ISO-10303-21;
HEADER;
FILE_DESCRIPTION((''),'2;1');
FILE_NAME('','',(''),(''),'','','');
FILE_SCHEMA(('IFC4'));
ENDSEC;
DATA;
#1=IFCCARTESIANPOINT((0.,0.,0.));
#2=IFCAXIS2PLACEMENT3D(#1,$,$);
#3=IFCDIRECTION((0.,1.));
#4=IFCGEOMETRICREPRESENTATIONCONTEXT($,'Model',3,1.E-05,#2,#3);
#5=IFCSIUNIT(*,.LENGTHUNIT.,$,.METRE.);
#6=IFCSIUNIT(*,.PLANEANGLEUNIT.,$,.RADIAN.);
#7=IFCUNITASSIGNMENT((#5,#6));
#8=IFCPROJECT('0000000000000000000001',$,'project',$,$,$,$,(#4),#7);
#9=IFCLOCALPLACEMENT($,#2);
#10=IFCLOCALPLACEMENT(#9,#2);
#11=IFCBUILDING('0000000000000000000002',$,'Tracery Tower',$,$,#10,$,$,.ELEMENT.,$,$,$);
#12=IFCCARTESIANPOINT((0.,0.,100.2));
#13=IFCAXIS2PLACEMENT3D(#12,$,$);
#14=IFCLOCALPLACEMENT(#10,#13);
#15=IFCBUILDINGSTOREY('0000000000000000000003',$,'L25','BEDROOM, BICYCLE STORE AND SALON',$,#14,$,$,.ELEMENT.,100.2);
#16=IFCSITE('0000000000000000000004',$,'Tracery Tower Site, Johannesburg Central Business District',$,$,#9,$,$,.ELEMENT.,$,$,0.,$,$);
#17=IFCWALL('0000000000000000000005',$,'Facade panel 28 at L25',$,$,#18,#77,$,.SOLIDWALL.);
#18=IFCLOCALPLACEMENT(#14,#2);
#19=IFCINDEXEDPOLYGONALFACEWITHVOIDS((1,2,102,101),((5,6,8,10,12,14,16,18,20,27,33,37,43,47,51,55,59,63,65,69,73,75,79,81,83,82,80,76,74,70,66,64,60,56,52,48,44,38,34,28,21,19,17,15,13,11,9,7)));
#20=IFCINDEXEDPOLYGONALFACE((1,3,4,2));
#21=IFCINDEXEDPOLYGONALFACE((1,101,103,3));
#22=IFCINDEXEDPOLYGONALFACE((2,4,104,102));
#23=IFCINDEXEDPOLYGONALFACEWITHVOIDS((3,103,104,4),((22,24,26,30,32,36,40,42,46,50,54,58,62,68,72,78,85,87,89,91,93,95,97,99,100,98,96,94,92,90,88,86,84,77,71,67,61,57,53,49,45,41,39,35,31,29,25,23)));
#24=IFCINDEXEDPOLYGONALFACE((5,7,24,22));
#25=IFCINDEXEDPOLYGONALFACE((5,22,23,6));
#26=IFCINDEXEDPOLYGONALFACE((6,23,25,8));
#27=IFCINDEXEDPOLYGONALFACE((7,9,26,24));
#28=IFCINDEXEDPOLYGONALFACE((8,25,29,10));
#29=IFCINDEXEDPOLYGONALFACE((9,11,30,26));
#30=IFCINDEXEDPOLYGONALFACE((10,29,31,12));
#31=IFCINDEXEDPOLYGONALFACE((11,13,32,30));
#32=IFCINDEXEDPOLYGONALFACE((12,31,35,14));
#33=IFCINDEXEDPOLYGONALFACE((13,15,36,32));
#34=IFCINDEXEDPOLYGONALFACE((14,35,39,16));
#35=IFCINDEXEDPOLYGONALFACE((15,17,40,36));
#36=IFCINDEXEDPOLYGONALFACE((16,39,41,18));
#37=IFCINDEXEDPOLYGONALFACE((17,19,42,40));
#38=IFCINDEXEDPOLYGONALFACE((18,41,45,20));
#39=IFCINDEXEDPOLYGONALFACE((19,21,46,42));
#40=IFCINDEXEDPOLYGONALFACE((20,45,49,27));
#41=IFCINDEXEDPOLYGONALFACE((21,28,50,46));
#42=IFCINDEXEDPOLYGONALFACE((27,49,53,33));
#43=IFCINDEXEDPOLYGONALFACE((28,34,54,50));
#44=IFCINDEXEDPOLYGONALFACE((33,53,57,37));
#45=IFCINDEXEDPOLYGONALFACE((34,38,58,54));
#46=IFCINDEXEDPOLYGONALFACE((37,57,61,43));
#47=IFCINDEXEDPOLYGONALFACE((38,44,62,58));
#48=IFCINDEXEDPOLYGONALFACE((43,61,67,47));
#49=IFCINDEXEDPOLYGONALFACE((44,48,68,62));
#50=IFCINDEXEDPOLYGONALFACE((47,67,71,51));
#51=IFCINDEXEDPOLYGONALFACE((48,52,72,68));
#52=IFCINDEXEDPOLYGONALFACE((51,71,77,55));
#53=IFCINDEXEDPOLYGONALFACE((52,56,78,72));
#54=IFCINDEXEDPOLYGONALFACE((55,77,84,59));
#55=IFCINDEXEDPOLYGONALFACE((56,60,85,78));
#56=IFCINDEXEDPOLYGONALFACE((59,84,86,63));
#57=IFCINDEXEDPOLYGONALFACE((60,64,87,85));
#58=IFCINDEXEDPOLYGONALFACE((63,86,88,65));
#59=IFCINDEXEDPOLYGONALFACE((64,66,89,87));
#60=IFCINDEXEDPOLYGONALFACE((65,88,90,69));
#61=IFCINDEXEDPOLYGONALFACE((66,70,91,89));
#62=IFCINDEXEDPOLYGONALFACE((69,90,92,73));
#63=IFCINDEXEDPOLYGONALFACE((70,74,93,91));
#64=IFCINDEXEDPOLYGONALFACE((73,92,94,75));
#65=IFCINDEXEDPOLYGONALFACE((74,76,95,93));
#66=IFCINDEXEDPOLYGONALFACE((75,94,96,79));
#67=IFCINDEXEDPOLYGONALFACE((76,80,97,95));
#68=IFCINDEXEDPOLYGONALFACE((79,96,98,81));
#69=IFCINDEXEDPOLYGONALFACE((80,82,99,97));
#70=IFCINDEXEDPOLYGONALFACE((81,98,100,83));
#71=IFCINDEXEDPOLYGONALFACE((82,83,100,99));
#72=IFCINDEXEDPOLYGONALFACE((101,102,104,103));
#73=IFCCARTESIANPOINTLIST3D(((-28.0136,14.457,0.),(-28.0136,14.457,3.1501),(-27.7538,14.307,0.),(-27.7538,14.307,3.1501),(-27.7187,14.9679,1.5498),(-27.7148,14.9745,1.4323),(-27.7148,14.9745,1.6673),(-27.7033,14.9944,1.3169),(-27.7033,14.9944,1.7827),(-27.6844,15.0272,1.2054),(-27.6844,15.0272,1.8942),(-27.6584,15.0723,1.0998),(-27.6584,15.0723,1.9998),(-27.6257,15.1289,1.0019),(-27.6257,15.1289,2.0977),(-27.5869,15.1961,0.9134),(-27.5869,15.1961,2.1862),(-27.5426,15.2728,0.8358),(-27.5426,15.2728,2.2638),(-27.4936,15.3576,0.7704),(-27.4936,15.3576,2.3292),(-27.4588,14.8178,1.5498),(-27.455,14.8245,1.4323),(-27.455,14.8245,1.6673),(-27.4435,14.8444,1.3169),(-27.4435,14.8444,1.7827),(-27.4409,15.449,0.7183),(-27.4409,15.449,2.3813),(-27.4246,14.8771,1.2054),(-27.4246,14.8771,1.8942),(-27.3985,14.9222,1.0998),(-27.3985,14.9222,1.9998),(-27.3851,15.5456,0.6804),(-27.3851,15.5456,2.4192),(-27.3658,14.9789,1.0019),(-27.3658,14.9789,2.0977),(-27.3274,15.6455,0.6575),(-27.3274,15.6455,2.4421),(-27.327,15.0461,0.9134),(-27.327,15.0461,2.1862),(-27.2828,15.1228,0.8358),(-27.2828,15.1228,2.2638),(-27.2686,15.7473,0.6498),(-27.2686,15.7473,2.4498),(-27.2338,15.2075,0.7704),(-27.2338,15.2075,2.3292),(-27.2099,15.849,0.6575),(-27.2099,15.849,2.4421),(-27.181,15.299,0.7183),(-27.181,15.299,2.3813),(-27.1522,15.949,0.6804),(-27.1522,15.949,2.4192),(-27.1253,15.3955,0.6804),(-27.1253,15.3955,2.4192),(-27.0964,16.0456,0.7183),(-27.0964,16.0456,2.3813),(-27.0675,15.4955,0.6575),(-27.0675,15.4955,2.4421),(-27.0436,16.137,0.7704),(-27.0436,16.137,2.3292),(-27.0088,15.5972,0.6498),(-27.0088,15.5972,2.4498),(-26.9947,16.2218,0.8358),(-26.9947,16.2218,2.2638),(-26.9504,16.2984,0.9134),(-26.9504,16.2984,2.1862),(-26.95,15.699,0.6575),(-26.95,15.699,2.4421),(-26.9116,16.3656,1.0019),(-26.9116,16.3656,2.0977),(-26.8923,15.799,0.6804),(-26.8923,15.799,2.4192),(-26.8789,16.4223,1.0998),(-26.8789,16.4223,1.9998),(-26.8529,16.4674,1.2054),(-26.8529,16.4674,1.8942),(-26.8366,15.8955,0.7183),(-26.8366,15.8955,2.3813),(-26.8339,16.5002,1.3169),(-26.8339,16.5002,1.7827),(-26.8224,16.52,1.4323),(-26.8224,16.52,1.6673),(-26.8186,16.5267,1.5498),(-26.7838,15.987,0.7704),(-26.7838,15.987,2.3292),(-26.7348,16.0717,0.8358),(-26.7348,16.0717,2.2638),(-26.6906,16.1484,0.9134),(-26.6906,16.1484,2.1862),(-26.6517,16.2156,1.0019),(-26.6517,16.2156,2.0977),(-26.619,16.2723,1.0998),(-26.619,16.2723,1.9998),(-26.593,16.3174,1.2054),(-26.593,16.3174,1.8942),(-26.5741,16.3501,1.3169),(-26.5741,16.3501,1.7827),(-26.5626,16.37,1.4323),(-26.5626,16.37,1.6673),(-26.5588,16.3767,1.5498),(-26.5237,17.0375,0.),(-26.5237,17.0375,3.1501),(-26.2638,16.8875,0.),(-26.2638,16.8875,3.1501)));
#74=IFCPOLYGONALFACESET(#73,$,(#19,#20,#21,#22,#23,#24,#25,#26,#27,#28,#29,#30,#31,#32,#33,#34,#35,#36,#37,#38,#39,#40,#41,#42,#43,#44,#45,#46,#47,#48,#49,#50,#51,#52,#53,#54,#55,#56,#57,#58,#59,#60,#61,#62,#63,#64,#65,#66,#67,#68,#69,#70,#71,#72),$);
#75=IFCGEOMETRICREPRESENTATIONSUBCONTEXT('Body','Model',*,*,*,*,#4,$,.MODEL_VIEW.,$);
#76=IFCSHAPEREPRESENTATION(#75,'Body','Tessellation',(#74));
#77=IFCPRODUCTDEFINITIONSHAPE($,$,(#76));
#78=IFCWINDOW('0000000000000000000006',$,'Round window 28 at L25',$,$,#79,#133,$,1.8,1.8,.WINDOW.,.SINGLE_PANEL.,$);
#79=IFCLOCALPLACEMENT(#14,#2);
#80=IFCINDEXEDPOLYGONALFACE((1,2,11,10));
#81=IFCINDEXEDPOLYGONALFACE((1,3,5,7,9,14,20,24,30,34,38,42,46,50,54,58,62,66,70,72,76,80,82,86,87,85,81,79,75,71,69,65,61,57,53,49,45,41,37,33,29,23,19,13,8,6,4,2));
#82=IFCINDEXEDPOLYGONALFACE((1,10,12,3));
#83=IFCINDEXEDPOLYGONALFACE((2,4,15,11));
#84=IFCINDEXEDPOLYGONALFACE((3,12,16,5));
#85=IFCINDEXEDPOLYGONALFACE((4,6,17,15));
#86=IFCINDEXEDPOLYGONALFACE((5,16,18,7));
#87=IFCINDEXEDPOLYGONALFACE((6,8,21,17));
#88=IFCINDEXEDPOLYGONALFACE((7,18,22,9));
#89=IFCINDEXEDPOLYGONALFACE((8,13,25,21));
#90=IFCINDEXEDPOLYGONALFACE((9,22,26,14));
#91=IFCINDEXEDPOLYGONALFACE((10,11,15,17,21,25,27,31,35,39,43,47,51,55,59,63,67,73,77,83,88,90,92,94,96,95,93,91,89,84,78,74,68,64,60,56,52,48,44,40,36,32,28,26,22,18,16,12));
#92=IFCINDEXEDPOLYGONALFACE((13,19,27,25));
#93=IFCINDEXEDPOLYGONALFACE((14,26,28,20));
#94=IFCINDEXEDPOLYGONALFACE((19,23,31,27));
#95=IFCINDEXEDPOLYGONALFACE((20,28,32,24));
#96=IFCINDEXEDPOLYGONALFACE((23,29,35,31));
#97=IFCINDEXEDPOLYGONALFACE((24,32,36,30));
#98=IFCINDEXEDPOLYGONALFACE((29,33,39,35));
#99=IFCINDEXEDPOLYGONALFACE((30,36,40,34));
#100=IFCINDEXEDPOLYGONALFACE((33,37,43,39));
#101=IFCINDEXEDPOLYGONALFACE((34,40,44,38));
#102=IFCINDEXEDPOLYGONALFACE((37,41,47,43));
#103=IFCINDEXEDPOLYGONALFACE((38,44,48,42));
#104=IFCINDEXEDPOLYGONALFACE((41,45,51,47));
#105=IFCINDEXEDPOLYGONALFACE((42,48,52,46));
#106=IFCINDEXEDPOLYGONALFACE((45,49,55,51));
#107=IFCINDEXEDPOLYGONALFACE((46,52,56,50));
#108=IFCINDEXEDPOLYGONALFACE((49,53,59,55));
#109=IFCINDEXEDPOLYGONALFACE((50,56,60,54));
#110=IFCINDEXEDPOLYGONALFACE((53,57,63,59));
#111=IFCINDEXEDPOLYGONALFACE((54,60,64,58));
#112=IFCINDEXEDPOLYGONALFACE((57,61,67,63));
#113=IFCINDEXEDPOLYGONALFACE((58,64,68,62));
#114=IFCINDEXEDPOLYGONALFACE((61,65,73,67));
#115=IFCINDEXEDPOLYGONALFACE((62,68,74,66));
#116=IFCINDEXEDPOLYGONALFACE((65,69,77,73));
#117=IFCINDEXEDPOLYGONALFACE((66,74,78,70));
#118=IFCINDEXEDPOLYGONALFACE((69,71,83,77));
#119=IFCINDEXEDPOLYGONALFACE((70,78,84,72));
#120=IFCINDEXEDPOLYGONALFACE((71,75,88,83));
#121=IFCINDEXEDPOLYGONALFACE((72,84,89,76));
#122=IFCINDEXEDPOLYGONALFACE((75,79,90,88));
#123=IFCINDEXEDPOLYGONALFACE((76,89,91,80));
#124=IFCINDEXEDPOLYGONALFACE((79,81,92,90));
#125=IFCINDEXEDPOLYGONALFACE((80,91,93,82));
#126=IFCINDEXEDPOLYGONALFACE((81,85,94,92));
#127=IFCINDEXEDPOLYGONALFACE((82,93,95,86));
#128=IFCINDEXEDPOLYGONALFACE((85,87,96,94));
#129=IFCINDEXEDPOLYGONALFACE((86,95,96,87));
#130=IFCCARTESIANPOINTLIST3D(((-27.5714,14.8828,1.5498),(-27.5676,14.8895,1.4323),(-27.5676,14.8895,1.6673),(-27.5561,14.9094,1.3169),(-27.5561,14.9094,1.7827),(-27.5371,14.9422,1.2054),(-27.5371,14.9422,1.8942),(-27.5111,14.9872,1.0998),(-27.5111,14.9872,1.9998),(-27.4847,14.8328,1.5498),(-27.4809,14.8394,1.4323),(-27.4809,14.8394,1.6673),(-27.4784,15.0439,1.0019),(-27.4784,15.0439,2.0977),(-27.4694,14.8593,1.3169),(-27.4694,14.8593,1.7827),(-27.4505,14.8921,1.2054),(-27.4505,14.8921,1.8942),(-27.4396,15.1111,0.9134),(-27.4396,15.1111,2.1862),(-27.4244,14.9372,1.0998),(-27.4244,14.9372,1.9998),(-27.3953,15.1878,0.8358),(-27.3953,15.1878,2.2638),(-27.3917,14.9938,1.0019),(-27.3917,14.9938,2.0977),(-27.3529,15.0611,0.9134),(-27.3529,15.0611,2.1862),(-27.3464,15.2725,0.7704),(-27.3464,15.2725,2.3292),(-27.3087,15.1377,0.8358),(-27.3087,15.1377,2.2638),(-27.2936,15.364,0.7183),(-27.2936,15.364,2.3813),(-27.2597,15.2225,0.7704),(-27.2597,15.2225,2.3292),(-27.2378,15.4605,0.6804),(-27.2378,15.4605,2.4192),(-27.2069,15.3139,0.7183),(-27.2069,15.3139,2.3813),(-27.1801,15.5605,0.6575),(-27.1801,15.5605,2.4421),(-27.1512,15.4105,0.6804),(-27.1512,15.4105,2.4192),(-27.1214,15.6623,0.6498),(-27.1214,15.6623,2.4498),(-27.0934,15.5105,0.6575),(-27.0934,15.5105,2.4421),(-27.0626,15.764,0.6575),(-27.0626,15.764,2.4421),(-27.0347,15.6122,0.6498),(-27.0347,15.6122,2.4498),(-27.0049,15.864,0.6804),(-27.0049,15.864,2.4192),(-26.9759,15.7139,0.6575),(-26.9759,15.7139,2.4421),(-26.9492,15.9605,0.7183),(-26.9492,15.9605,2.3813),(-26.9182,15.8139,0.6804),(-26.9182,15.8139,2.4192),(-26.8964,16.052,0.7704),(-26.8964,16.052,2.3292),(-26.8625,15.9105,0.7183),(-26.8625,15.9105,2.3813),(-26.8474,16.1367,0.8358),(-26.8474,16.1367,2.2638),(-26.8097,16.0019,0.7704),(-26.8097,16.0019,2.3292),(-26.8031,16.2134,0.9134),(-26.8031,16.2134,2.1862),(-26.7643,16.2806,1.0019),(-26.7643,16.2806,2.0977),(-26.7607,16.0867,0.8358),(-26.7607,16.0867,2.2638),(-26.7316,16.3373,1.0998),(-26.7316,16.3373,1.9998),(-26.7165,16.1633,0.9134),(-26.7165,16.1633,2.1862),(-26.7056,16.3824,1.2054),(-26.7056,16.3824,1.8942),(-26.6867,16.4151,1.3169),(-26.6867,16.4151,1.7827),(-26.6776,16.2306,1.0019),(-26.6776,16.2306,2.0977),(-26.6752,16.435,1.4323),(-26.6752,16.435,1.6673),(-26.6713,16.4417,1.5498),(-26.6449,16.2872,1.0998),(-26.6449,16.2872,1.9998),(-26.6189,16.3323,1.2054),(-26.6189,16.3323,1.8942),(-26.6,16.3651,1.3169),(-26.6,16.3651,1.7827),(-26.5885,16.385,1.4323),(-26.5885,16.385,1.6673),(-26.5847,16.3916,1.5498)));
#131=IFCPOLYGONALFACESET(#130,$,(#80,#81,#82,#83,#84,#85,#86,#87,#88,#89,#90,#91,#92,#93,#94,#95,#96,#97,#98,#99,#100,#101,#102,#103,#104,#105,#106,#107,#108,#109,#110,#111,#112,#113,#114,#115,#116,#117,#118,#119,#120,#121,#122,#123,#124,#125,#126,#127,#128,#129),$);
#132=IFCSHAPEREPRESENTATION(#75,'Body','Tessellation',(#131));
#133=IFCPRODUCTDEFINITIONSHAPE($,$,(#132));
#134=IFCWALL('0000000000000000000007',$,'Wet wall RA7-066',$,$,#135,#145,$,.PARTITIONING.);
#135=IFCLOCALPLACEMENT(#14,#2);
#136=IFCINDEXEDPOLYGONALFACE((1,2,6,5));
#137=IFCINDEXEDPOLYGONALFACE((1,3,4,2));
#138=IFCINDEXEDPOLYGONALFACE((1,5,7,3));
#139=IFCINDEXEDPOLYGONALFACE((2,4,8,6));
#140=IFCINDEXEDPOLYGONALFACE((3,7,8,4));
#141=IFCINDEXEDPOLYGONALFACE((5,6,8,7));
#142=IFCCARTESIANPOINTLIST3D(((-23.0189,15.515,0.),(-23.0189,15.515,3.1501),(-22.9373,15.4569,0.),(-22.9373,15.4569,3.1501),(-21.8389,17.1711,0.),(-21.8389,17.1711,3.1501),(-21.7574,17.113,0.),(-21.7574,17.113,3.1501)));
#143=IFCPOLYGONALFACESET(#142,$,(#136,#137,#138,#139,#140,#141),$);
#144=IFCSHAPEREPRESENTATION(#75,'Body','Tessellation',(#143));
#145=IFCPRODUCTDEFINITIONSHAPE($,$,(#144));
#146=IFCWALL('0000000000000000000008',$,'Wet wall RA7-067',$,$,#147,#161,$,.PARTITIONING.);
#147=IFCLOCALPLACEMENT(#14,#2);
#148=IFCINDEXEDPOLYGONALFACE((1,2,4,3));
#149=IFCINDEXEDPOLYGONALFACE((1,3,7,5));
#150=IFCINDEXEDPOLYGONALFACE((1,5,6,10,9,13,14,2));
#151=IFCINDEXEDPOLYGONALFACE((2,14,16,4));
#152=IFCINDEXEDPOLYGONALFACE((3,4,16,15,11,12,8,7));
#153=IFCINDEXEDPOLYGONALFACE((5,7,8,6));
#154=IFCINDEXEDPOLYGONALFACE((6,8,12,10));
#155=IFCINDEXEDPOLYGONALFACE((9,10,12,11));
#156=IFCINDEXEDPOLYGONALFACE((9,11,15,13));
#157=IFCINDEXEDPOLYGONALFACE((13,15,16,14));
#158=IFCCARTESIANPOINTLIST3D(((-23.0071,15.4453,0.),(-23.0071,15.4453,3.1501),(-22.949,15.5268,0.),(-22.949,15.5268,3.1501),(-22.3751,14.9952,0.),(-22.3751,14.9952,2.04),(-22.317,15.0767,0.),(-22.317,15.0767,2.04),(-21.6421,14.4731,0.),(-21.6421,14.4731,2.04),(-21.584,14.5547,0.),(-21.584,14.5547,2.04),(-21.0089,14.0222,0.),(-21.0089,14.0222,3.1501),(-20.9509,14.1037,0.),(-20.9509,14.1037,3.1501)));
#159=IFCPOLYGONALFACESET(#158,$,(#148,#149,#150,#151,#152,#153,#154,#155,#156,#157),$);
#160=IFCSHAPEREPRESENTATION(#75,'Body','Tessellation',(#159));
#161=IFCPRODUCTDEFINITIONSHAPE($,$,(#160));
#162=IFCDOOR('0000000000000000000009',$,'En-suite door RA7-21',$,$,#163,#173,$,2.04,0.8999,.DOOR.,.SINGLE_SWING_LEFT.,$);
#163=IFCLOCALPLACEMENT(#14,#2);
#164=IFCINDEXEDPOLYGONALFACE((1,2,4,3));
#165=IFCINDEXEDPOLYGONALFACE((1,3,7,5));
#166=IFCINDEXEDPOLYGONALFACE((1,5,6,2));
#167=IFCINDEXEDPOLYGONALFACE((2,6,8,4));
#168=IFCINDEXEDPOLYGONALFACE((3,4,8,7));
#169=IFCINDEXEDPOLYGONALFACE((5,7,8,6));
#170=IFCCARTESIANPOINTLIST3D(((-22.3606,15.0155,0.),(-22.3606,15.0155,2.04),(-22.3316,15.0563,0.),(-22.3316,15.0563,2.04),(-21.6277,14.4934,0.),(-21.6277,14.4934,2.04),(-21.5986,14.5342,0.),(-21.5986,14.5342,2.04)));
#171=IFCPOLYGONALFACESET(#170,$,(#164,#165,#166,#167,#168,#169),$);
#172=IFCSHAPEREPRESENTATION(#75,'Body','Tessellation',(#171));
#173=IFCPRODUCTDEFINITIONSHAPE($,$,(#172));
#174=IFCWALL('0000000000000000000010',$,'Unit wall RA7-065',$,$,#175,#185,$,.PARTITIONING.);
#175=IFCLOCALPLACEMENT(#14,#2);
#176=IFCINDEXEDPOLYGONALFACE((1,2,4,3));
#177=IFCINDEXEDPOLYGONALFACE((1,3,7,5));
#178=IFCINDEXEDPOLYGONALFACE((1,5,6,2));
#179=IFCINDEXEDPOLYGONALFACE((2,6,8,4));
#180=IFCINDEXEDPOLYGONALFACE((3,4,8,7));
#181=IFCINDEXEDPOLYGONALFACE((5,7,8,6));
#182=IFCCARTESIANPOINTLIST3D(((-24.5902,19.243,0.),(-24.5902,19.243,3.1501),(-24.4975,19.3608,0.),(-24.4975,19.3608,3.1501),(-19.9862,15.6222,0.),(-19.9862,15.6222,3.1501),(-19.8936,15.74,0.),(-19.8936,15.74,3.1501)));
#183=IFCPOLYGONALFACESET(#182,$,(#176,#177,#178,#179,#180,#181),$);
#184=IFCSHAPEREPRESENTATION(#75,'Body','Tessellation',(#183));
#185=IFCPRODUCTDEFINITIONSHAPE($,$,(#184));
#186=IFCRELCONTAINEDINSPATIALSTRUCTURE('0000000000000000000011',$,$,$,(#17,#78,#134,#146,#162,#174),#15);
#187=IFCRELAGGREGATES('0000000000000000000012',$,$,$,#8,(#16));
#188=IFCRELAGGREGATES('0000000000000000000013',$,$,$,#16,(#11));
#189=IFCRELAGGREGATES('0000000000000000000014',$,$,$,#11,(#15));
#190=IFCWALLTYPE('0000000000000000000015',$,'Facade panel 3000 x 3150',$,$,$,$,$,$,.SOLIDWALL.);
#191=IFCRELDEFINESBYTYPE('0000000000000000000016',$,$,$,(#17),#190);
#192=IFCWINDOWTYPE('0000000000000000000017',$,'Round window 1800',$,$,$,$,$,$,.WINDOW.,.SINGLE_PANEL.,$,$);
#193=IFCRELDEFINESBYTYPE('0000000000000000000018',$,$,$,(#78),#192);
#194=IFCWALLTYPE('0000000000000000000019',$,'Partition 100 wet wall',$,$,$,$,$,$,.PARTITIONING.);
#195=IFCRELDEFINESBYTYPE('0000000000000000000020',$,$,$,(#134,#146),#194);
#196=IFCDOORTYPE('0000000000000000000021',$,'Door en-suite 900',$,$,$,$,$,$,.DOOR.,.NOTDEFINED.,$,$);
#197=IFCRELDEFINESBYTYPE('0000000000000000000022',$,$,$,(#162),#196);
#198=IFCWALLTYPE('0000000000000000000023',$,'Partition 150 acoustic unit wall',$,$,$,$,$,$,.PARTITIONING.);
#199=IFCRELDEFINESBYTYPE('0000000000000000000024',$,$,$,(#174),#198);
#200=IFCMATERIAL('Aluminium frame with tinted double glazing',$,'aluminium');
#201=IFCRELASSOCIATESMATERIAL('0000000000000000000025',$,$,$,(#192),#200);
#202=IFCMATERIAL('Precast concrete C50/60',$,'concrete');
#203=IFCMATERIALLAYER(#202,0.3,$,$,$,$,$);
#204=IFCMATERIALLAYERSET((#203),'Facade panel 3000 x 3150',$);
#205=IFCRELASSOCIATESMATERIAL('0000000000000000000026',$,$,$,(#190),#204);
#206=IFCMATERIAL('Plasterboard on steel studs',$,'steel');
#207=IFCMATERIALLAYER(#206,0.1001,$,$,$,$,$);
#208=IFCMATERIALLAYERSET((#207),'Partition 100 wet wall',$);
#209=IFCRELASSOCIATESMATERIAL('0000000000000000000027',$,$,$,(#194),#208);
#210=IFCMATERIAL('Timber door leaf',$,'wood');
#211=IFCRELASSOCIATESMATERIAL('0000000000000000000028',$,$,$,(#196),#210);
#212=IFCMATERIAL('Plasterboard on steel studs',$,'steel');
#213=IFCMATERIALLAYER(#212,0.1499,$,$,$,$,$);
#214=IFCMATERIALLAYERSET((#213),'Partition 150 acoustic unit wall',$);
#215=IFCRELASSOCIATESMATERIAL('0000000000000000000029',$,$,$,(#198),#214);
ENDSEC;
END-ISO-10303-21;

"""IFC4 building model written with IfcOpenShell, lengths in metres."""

from ifc_helpers import new_model, si_unit, direction, frame, frame_2d, origin, origin_2d, place, context, subcontext, project, spatial, rectangle, circle, extrude, material, layer, layer_set, type_object, element, fill, save


model = new_model("IFC4")

# Units and contexts
model_context = context("Model", 3, precision=1e-05, world=origin(), true_north=direction((0.0, 1.0)))
body_context = subcontext(model_context, "Body", "Model", "MODEL_VIEW")
ifc_project = project(units=[si_unit("LENGTHUNIT", "METRE"), si_unit("PLANEANGLEUNIT", "RADIAN")], contexts=[model_context])

# Site, building, storey
site_placement = place(None, origin())
site = spatial("IfcSite", under=ifc_project, at=site_placement, Name="Tracery Tower Site, Johannesburg Central Business District", CompositionType="ELEMENT", RefElevation=0.0)
building_placement = place(site_placement, origin())
building = spatial("IfcBuilding", under=site, at=building_placement, Name="Tracery Tower", CompositionType="ELEMENT")
storey_placement = place(building_placement, frame((0.0, 0.0, 100.2)))
storey = spatial("IfcBuildingStorey", under=building, at=storey_placement, Name="L25", Description="BEDROOM, BICYCLE STORE AND SALON", CompositionType="ELEMENT", Elevation=100.2)

# Wall, opening, window
ifc_material_1 = material(Name="Aluminium frame with tinted double glazing", Category="aluminium")
window_type = type_object("IfcWindowType", Name="Round window 1800", PartitioningType="SINGLE_PANEL", PredefinedType="WINDOW", material=ifc_material_1)
ifc_material_2 = material(Name="Precast concrete C50/60", Category="concrete")
ifc_layer_1 = layer(ifc_material_2, 0.3)
ifc_layer_set_1 = layer_set([ifc_layer_1], Name="Facade panel 3000 x 3150")
wall_type_1 = type_object("IfcWallType", Name="Facade panel 3000 x 3150", PredefinedType="SOLIDWALL", material=ifc_layer_set_1)
wall_1_placement = place(storey_placement, frame((-26.3938, 16.9624, 0.0), z_axis=(0.0, 0.0, 1.0), x_axis=(-0.500025, -0.866011, 0.0)))
wall_1 = element("IfcWall", 1, at=wall_1_placement, inside=storey, type_object=wall_type_1, Name="Facade panel 28 at L25", PredefinedType="SOLIDWALL", context=body_context, shape_type="SweptSolid", body=[
    extrude(rectangle(XDim=2.9797, YDim=0.3, at=frame_2d((1.4897, 0.0))), origin(), (0.0, 0.0, 1.0), 3.1501),
])
opening_1_placement = place(wall_1_placement, frame((1.4897, 0.0, 1.5498)))
opening_1 = element("IfcOpeningElement", 2, at=opening_1_placement, cuts=wall_1, PredefinedType="OPENING", context=body_context, shape_type="SweptSolid", body=[
    extrude(circle(Radius=0.9, at=origin_2d()), frame((0.0, 0.1599, 0.0), z_axis=(0.0, -1.0, 0.0), x_axis=(1.0, 0.0, 0.0)), (0.0, 0.0, 1.0), 0.3201),
])
window_1_placement = place(opening_1_placement, origin())
window_1 = element("IfcWindow", 3, at=window_1_placement, inside=storey, type_object=window_type, Name="Round window 28 at L25", OverallHeight=1.8, OverallWidth=1.8, PartitioningType="SINGLE_PANEL", PredefinedType="WINDOW", context=body_context, shape_type="SweptSolid", body=[
    extrude(circle(Radius=0.9, at=origin_2d()), frame((0.0, 0.1201, 0.0), z_axis=(0.0, -1.0, 0.0), x_axis=(1.0, 0.0, 0.0)), (0.0, 0.0, 1.0), 0.1001),
])
fill(opening_1, window_1)

# Wall
ifc_material_3 = material(Name="Plasterboard on steel studs", Category="steel")
ifc_layer_2 = layer(ifc_material_3, 0.1001)
ifc_layer_set_2 = layer_set([ifc_layer_2], Name="Partition 100 wet wall")
wall_type_2 = type_object("IfcWallType", Name="Partition 100 wet wall", PredefinedType="PARTITIONING", material=ifc_layer_set_2)
wall_2_placement = place(storey_placement, frame((-22.978, 15.4861, 0.0), z_axis=(0.0, 0.0, 1.0), x_axis=(0.580284, 0.814414, 0.0)))
element("IfcWall", 4, at=wall_2_placement, inside=storey, type_object=wall_type_2, Name="Wet wall RA7-066", PredefinedType="PARTITIONING", context=body_context, shape_type="SweptSolid", body=[
    extrude(rectangle(XDim=2.0334, YDim=0.1001, at=frame_2d((1.0166, 0.0))), origin(), (0.0, 0.0, 1.0), 3.1501),
])

# Wall, opening, door
wall_3_placement = place(storey_placement, frame((-22.978, 15.4861, 0.0), z_axis=(0.0, 0.0, 1.0), x_axis=(0.81452, -0.580136, 0.0)))
wall_3 = element("IfcWall", 5, at=wall_3_placement, inside=storey, type_object=wall_type_2, Name="Wet wall RA7-067", PredefinedType="PARTITIONING", context=body_context, shape_type="SweptSolid", body=[
    extrude(rectangle(XDim=2.4531, YDim=0.1001, at=frame_2d((1.2266, 0.0))), origin(), (0.0, 0.0, 1.0), 3.1501),
])
opening_2_placement = place(wall_3_placement, frame((0.7759, 0.0, 0.0)))
opening_2 = element("IfcOpeningElement", 6, at=opening_2_placement, cuts=wall_3, PredefinedType="OPENING", context=body_context, shape_type="SweptSolid", body=[
    extrude(rectangle(XDim=0.8999, YDim=2.04, at=frame_2d((0.45, 1.02))), frame((0.0, 0.05, 0.0), z_axis=(0.0, -1.0, 0.0), x_axis=(1.0, 0.0, 0.0)), (0.0, 0.0, 1.0), 0.1001),
])
ifc_material_4 = material(Name="Timber door leaf", Category="wood")
door_type_1 = type_object("IfcDoorType", Name="Door en-suite 900", OperationType="NOTDEFINED", PredefinedType="DOOR", material=ifc_material_4)
door_1_placement = place(opening_2_placement, origin())
door_1 = element("IfcDoor", 7, at=door_1_placement, inside=storey, type_object=door_type_1, Name="En-suite door RA7-21", OperationType="SINGLE_SWING_LEFT", OverallHeight=2.04, OverallWidth=0.8999, PredefinedType="DOOR", context=body_context, shape_type="SweptSolid", body=[
    extrude(rectangle(XDim=0.8999, YDim=2.04, at=frame_2d((0.45, 1.02))), frame((0.0, 0.0249, 0.0), z_axis=(0.0, -1.0, 0.0), x_axis=(1.0, 0.0, 0.0)), (0.0, 0.0, 1.0), 0.05),
])
fill(opening_2, door_1)

# Wall
ifc_material_5 = material(Name="Plasterboard on steel studs", Category="steel")
ifc_layer_3 = layer(ifc_material_5, 0.1499)
ifc_layer_set_3 = layer_set([ifc_layer_3], Name="Partition 150 acoustic unit wall")
wall_type_3 = type_object("IfcWallType", Name="Partition 150 acoustic unit wall", PredefinedType="PARTITIONING", material=ifc_layer_set_3)
wall_4_placement = place(storey_placement, frame((-24.5439, 19.302, 0.0), z_axis=(0.0, 0.0, 1.0), x_axis=(0.786035, -0.618182, 0.0)))
element("IfcWall", 8, at=wall_4_placement, inside=storey, type_object=wall_type_3, Name="Unit wall RA7-065", PredefinedType="PARTITIONING", context=body_context, shape_type="SweptSolid", body=[
    extrude(rectangle(XDim=5.8572, YDim=0.1499, at=frame_2d((2.9287, 0.0))), origin(), (0.0, 0.0, 1.0), 3.1501),
])

save(model, "model.ifc")
